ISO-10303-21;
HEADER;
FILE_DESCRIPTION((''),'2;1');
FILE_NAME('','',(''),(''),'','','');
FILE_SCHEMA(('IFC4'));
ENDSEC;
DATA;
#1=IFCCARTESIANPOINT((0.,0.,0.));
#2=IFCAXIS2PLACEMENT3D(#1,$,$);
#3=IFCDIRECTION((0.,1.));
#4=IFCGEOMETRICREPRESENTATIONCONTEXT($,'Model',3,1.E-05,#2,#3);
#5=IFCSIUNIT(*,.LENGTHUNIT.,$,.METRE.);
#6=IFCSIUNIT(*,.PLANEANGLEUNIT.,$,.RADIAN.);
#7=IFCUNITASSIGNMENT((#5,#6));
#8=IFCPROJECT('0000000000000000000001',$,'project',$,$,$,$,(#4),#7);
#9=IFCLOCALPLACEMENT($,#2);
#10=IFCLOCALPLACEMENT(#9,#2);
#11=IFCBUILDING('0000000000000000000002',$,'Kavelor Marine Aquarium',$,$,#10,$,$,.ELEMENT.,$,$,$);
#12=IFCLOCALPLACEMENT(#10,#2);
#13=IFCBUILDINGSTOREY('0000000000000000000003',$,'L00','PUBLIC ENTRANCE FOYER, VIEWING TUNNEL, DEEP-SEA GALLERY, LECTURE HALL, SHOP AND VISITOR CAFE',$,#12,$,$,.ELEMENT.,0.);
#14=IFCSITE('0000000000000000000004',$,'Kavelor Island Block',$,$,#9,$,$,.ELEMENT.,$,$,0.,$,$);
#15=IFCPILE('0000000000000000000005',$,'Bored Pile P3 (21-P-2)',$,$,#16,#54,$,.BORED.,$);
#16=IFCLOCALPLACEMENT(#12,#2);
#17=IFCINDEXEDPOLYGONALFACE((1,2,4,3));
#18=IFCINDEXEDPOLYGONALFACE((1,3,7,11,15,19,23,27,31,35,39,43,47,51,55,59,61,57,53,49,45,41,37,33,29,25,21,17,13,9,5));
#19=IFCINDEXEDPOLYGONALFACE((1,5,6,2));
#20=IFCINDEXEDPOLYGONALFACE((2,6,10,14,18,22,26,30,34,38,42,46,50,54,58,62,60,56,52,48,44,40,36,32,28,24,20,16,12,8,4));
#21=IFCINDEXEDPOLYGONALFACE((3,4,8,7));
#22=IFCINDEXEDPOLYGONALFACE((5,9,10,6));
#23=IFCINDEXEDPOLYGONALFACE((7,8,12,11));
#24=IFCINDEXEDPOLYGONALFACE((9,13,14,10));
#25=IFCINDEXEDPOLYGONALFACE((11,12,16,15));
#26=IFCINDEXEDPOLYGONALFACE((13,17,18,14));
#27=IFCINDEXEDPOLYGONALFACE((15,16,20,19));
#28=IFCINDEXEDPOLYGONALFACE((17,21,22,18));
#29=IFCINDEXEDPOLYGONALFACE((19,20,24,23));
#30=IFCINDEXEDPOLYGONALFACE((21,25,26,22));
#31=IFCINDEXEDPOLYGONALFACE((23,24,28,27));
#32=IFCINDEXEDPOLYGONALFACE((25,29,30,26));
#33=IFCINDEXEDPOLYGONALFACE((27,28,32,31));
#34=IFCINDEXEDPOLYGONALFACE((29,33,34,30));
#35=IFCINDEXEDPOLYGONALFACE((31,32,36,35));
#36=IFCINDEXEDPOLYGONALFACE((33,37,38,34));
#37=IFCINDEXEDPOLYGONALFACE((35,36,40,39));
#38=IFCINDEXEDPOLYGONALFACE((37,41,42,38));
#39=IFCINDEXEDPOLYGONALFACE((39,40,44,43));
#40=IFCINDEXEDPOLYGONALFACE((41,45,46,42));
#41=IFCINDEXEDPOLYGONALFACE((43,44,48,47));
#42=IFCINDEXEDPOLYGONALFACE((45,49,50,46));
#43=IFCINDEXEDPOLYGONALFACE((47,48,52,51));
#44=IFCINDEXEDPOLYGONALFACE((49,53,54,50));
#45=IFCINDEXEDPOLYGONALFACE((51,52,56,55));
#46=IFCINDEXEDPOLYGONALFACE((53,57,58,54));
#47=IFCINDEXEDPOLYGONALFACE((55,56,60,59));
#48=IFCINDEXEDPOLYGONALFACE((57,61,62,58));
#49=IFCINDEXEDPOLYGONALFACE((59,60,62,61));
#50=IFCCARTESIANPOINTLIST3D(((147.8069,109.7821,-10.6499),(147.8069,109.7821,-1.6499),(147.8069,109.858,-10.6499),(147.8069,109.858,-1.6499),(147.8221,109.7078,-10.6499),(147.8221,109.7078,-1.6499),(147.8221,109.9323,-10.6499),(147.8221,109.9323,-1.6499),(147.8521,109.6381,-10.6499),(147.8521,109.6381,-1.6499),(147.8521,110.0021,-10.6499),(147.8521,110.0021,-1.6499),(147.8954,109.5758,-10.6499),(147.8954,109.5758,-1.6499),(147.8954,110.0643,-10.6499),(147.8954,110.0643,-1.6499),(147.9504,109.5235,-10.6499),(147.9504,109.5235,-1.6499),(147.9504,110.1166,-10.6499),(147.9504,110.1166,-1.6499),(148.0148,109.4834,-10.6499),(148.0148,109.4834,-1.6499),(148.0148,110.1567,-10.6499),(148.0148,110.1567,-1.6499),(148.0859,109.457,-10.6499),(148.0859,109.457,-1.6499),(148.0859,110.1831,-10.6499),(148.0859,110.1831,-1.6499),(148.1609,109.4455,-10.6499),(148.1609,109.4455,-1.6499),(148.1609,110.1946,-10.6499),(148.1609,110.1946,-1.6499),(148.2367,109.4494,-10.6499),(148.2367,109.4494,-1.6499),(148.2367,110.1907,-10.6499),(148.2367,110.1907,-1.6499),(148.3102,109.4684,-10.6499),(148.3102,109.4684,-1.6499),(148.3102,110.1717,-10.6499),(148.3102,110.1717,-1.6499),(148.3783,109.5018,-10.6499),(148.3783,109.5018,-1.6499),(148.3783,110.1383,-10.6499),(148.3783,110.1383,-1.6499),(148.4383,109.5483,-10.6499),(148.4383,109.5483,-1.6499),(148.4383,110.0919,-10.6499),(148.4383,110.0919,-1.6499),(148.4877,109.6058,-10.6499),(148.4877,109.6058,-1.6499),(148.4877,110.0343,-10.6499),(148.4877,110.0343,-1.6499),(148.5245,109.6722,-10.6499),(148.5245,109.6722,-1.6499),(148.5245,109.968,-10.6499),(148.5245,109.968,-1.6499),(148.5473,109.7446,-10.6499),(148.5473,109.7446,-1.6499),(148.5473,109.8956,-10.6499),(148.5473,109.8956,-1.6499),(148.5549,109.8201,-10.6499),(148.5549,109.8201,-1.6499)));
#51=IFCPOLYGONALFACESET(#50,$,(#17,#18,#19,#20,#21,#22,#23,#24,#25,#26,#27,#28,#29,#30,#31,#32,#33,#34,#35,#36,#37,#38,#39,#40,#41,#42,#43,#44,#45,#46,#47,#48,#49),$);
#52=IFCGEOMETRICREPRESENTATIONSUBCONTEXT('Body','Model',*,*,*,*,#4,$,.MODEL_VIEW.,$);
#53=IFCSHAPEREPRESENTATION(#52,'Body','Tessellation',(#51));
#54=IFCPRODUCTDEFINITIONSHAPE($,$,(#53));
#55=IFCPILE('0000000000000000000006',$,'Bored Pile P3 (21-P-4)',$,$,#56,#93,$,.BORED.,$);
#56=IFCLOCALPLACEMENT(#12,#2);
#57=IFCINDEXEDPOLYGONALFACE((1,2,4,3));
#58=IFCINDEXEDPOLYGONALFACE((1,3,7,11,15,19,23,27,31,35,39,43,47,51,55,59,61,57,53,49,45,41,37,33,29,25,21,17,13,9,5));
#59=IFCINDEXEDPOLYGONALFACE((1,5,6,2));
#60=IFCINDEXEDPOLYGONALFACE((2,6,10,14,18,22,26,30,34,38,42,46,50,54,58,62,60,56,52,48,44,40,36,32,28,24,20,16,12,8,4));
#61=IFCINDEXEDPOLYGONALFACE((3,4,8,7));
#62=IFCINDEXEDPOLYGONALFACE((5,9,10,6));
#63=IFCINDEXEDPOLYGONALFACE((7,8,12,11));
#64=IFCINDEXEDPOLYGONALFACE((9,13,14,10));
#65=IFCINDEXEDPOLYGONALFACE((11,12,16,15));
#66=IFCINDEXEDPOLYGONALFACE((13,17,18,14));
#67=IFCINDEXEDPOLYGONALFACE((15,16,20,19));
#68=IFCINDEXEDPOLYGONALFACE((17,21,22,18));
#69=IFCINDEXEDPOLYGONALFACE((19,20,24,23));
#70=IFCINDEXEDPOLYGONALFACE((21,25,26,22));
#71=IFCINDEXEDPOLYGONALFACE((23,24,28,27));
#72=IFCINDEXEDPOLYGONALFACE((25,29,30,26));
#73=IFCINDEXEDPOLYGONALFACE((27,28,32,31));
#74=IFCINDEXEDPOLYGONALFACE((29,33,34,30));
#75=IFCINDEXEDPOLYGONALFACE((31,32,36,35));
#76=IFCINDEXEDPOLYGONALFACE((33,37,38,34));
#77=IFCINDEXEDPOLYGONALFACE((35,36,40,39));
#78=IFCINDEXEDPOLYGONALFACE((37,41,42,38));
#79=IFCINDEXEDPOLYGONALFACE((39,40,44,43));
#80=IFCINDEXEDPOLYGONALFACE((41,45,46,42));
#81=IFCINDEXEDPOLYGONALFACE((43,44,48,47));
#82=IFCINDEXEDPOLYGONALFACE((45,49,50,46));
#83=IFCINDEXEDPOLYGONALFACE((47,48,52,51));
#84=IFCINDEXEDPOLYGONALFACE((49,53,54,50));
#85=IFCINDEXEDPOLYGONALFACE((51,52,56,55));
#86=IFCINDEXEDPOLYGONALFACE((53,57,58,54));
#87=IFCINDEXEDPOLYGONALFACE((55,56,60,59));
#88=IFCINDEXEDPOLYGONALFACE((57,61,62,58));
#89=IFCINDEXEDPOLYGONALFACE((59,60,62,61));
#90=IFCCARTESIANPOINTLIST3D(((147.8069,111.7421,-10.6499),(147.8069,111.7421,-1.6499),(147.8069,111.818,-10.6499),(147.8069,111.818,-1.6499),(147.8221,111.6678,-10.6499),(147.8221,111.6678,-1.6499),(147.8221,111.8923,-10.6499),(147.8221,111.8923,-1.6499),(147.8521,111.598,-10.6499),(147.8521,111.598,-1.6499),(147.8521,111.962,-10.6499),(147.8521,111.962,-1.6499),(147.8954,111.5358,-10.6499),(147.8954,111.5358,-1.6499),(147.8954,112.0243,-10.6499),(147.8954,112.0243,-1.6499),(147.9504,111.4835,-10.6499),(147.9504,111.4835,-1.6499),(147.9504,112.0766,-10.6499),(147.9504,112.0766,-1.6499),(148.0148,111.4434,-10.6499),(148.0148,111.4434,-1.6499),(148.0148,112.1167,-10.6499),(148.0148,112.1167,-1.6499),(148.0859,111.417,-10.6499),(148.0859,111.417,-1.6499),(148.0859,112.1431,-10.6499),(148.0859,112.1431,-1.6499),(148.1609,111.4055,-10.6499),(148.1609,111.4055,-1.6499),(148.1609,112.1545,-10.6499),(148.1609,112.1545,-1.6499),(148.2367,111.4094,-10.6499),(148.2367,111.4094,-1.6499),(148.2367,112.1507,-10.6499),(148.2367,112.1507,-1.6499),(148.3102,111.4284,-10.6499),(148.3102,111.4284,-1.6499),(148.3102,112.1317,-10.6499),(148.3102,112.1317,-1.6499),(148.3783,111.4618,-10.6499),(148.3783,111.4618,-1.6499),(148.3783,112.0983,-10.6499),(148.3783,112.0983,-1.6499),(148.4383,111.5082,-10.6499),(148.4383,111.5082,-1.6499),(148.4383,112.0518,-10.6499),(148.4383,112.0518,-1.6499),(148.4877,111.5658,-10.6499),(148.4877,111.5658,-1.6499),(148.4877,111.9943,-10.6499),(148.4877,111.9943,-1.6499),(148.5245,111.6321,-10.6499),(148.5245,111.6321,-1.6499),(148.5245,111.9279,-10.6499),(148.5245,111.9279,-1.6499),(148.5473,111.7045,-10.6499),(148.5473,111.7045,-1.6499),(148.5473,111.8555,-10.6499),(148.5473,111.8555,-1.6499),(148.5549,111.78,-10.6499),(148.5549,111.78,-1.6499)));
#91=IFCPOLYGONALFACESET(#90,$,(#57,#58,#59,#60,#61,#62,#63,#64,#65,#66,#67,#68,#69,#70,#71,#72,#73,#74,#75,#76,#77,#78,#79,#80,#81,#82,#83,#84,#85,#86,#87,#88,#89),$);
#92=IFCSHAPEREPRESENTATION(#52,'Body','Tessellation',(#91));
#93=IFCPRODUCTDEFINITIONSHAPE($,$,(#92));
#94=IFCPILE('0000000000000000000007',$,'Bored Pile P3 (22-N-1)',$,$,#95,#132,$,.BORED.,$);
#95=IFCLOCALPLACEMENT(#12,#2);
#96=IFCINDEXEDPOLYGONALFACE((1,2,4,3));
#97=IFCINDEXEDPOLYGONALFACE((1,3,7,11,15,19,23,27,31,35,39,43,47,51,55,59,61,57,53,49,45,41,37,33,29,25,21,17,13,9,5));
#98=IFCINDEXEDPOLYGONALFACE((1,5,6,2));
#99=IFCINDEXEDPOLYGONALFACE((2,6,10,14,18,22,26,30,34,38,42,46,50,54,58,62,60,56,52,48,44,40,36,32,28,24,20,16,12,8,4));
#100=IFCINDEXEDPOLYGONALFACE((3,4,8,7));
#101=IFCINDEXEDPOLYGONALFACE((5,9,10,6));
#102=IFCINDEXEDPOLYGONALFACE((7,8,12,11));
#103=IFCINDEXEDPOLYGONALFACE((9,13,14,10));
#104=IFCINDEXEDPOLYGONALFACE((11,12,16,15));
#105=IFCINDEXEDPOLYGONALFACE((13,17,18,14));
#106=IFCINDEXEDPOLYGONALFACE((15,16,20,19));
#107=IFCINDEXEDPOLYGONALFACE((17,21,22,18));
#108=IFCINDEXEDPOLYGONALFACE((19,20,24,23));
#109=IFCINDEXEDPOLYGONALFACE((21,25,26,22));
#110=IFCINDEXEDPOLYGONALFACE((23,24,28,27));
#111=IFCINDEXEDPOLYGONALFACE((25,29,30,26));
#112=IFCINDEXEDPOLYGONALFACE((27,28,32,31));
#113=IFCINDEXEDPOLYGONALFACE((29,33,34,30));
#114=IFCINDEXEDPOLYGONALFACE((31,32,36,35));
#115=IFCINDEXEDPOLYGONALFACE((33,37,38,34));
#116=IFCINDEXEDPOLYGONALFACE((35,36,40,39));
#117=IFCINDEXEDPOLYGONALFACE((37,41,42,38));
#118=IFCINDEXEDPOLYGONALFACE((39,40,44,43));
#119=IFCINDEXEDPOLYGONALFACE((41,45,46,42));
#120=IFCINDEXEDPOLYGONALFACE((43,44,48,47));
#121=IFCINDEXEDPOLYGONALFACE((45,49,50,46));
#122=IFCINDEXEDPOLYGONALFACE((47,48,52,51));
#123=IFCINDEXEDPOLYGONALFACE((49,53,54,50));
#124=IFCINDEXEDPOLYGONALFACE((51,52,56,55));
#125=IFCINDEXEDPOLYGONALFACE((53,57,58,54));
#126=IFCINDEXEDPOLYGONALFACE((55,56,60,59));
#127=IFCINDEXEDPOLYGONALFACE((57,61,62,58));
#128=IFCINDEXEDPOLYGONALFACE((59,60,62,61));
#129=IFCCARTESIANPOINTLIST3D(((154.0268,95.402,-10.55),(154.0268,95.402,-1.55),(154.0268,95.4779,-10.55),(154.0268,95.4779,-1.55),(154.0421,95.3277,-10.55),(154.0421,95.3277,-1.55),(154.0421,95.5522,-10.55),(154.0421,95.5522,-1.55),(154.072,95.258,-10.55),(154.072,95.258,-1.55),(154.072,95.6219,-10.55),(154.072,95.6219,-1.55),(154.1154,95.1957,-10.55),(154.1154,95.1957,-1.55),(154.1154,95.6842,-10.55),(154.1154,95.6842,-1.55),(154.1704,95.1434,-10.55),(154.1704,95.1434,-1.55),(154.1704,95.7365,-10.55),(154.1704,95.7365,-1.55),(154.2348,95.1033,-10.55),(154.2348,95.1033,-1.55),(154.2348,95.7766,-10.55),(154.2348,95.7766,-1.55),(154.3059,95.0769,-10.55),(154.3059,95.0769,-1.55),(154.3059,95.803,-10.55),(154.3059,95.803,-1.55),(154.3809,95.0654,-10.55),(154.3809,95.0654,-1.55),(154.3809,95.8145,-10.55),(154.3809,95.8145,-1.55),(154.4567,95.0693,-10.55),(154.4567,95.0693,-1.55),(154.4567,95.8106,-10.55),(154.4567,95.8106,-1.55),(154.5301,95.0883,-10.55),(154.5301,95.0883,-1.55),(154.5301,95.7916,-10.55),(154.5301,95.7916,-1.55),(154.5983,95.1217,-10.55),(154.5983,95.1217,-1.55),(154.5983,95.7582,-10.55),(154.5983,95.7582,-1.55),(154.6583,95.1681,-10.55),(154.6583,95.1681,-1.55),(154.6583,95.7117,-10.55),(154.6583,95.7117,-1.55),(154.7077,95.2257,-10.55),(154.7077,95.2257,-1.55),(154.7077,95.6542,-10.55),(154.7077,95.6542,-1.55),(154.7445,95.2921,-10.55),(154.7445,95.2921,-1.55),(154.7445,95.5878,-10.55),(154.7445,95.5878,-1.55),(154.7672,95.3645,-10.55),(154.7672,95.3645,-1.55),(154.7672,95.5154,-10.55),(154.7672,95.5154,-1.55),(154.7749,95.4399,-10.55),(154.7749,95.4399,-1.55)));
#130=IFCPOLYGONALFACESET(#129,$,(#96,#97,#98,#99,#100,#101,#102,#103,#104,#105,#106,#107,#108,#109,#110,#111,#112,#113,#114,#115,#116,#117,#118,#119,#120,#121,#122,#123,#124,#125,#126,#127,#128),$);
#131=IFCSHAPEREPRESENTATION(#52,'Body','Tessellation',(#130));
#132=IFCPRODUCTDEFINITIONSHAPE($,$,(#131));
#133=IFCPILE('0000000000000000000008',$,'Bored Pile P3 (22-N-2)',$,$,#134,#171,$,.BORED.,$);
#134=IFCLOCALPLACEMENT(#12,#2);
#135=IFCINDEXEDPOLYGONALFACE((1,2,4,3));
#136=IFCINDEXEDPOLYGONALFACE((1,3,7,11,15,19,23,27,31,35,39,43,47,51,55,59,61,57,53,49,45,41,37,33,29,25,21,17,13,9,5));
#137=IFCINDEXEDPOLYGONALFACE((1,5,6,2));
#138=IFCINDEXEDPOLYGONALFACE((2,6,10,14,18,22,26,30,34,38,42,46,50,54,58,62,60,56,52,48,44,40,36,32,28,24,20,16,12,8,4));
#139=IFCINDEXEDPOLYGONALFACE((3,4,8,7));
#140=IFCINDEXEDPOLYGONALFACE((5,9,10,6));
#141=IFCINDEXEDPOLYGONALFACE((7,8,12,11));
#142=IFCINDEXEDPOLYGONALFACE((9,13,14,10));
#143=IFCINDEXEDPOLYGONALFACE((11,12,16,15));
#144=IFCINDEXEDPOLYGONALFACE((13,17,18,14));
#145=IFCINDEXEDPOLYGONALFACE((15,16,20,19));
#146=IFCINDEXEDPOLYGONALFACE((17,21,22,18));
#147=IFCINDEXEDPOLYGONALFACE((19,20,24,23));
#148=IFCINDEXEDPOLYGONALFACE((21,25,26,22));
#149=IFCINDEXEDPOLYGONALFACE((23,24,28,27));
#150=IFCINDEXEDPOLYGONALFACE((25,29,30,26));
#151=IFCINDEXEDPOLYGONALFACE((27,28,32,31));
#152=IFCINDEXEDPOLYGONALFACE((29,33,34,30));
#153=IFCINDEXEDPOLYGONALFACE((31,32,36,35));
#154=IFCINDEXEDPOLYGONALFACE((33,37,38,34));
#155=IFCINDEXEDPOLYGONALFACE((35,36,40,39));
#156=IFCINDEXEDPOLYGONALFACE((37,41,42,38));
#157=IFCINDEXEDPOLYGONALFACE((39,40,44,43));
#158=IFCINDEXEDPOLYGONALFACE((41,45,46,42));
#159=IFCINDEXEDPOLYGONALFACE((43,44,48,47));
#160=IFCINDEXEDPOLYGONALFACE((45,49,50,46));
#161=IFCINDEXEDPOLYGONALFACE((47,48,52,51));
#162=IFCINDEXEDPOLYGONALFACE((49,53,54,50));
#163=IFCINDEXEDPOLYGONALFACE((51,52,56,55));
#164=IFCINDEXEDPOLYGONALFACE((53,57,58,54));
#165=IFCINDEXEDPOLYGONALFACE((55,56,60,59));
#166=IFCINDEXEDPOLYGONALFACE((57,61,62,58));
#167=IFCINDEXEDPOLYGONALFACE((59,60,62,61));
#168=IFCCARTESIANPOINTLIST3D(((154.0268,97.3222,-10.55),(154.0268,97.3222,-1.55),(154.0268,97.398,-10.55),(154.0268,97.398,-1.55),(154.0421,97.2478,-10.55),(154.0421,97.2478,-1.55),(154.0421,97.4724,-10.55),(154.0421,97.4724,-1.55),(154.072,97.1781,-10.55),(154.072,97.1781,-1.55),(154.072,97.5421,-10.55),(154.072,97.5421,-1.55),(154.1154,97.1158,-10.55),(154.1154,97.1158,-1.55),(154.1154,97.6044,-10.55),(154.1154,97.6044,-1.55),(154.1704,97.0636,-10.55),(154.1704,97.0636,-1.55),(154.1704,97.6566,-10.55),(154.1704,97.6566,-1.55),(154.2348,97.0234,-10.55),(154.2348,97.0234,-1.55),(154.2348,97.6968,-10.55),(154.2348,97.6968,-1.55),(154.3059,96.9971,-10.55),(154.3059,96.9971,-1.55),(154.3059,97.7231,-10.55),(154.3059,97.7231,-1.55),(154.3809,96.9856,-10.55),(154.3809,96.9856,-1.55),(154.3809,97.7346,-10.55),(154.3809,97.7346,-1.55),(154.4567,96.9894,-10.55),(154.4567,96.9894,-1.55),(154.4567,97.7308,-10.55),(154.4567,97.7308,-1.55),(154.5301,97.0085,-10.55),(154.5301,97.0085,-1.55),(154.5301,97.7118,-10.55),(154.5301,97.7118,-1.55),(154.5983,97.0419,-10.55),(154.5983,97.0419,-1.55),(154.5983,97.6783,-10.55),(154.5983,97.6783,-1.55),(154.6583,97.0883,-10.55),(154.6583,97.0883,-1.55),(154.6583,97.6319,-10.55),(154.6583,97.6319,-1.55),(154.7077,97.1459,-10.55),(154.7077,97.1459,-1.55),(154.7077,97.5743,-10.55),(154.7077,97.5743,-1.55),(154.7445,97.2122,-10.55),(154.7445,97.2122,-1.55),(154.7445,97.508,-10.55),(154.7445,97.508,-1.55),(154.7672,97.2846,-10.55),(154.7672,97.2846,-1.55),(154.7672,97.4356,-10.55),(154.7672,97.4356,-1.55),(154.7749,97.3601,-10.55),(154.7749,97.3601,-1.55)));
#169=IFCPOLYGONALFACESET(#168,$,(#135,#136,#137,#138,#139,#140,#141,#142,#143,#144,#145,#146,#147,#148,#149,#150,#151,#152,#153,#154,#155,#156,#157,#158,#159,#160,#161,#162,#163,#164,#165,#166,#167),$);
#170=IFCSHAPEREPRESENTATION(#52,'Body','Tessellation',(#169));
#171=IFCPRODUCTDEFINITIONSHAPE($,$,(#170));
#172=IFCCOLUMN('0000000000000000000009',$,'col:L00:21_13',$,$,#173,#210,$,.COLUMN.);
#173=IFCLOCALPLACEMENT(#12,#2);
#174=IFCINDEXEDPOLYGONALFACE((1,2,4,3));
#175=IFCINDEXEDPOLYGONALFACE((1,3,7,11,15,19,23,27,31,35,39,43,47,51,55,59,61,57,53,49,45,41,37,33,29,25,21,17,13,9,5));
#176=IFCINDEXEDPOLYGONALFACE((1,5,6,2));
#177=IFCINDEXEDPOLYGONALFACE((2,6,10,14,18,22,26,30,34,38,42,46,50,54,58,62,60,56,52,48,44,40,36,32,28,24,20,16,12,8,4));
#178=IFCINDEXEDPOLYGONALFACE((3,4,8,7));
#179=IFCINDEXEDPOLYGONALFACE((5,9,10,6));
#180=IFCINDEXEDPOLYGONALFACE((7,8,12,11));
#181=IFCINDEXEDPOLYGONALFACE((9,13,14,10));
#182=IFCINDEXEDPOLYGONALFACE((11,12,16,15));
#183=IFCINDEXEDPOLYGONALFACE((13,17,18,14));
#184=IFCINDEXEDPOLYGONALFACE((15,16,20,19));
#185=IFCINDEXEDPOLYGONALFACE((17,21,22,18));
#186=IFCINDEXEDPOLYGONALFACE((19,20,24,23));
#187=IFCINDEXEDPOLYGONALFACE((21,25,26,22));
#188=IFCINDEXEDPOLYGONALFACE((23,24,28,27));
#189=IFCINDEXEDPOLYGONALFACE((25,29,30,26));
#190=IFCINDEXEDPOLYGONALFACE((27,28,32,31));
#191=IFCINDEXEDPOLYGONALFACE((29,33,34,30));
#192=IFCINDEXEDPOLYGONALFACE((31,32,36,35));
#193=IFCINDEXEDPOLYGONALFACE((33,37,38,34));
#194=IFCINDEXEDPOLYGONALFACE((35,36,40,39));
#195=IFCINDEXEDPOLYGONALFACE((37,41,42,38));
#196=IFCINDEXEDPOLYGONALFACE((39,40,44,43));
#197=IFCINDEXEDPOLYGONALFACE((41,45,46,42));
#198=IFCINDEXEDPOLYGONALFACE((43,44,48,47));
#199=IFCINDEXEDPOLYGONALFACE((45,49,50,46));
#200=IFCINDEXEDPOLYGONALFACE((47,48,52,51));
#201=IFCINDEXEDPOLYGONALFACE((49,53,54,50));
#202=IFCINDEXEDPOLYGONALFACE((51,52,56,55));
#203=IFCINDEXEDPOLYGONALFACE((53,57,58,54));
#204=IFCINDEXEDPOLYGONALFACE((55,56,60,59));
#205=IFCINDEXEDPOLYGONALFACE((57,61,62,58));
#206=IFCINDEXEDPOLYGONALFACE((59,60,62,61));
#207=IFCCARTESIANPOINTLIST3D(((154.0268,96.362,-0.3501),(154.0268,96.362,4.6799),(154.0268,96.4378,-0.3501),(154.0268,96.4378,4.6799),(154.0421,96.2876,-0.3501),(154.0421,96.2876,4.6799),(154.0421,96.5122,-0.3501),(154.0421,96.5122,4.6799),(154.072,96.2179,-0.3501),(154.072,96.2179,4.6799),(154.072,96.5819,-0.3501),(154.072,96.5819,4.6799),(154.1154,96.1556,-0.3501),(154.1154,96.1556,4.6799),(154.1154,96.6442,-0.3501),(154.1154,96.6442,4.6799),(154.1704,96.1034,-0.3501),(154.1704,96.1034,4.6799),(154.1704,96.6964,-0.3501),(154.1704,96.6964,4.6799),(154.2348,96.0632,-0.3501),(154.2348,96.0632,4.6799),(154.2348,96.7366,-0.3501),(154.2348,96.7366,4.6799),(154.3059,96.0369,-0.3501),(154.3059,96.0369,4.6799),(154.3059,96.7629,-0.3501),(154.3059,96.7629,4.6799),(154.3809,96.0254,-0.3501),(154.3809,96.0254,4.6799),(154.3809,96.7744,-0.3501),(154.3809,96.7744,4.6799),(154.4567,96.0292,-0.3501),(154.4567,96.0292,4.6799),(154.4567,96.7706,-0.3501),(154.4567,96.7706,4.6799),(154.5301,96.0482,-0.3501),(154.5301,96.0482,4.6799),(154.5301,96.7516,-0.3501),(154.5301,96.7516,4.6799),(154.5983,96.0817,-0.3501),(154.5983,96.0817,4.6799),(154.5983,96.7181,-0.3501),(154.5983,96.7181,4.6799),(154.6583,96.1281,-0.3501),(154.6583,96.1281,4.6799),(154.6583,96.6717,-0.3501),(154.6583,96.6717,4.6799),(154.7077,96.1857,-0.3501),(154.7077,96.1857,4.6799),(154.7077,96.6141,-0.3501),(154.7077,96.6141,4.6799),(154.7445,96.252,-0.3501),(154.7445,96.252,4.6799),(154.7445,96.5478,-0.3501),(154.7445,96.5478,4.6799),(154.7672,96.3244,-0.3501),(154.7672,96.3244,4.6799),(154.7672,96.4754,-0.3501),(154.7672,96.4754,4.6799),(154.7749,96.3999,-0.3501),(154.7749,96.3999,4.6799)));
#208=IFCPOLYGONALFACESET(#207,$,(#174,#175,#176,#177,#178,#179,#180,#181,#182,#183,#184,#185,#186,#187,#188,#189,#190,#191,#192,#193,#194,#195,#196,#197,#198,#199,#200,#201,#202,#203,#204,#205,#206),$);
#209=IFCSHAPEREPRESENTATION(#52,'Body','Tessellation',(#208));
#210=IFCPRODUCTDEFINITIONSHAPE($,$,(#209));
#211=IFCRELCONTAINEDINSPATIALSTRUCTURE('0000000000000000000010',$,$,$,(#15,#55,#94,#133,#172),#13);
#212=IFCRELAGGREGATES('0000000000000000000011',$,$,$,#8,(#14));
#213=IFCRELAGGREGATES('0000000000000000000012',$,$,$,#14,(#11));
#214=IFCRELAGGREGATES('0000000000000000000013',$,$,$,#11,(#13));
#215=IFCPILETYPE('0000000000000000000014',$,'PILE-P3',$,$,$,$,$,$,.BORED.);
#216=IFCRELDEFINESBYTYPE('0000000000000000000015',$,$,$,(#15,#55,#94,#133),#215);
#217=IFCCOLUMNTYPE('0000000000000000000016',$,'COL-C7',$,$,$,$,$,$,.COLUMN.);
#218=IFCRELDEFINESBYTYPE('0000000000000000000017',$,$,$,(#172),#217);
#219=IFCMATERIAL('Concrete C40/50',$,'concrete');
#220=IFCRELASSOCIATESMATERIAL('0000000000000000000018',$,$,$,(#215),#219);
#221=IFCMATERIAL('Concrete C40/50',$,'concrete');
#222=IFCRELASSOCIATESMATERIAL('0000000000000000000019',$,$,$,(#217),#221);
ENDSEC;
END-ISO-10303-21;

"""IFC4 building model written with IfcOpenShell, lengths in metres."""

from ifc_helpers import new_model, si_unit, direction, frame, origin, origin_2d, place, context, subcontext, project, spatial, circle, extrude, material, material_profile, profile_set, type_object, element, save


model = new_model("IFC4")

# Units and contexts
model_context = context("Model", 3, precision=1e-05, world=origin(), true_north=direction((0.0, 1.0)))
body_context = subcontext(model_context, "Body", "Model", "MODEL_VIEW")
ifc_project = project(units=[si_unit("LENGTHUNIT", "METRE"), si_unit("PLANEANGLEUNIT", "RADIAN")], contexts=[model_context])

# Site, building, storey
site_placement = place(None, origin())
site = spatial("IfcSite", under=ifc_project, at=site_placement, Name="Kavelor Island Block", CompositionType="ELEMENT", RefElevation=0.0)
building_placement = place(site_placement, origin())
building = spatial("IfcBuilding", under=site, at=building_placement, Name="Kavelor Marine Aquarium", CompositionType="ELEMENT")
storey_placement = place(building_placement, origin())
storey = spatial("IfcBuildingStorey", under=building, at=storey_placement, Name="L00", Description="PUBLIC ENTRANCE FOYER, VIEWING TUNNEL, DEEP-SEA GALLERY, LECTURE HALL, SHOP AND VISITOR CAFE", CompositionType="ELEMENT", Elevation=0.0)

# Piles
ifc_material_1 = material(Name="Concrete C40/50", Category="concrete")
ifc_material_profile_1 = material_profile(ifc_material_1, circle(Radius=0.375, at=origin_2d()), Name="PILE D750")
ifc_profile_set_1 = profile_set([ifc_material_profile_1], Name="Concrete C40/50")
pile_type_1 = type_object("IfcPileType", Name="PILE-P3", PredefinedType="BORED", material=ifc_profile_set_1)
for number, where, z_axis, x_axis, name in (
    (1, (148.1799, 109.8201, -1.6499), (0.0, 0.0, -1.0), (1.0, 0.0, 0.0), "Bored Pile P3 (21-P-2)"),
    (2, (148.1799, 111.78, -1.6499), (0.0, 0.0, -1.0), (1.0, 0.0, 0.0), "Bored Pile P3 (21-P-4)"),
    (3, (154.3999, 95.4399, -1.55), (0.0, 0.0, -1.0), (1.0, 0.0, 0.0), "Bored Pile P3 (22-N-1)"),
    (4, (154.3999, 97.3601, -1.55), (0.0, 0.0, -1.0), (1.0, 0.0, 0.0), "Bored Pile P3 (22-N-2)"),
):
    element("IfcPile", number, at=place(storey_placement, frame(where, z_axis=z_axis, x_axis=x_axis)), inside=storey, type_object=pile_type_1, Name=name, PredefinedType="BORED", context=body_context, shape_type="SweptSolid", body=[
        extrude(circle(Radius=0.375, at=origin_2d()), origin(), (0.0, 0.0, 1.0), 9.0),
    ])

# Column
ifc_material_2 = material(Name="Concrete C40/50", Category="concrete")
ifc_material_profile_2 = material_profile(ifc_material_2, circle(Radius=0.375, at=origin_2d()), Name="RC-COL D750")
ifc_profile_set_2 = profile_set([ifc_material_profile_2], Name="Concrete C40/50")
column_type = type_object("IfcColumnType", Name="COL-C7", PredefinedType="COLUMN", material=ifc_profile_set_2)
column_placement = place(storey_placement, frame((154.3999, 96.3999, -0.3501), z_axis=(0.0, 0.0, 1.0), x_axis=(1.0, 0.0, 0.0)))
element("IfcColumn", 5, at=column_placement, inside=storey, type_object=column_type, Name="col:L00:21_13", PredefinedType="COLUMN", context=body_context, shape_type="SweptSolid", body=[
    extrude(circle(Radius=0.375, at=origin_2d()), origin(), (0.0, 0.0, 1.0), 5.03),
])

save(model, "model.ifc")
